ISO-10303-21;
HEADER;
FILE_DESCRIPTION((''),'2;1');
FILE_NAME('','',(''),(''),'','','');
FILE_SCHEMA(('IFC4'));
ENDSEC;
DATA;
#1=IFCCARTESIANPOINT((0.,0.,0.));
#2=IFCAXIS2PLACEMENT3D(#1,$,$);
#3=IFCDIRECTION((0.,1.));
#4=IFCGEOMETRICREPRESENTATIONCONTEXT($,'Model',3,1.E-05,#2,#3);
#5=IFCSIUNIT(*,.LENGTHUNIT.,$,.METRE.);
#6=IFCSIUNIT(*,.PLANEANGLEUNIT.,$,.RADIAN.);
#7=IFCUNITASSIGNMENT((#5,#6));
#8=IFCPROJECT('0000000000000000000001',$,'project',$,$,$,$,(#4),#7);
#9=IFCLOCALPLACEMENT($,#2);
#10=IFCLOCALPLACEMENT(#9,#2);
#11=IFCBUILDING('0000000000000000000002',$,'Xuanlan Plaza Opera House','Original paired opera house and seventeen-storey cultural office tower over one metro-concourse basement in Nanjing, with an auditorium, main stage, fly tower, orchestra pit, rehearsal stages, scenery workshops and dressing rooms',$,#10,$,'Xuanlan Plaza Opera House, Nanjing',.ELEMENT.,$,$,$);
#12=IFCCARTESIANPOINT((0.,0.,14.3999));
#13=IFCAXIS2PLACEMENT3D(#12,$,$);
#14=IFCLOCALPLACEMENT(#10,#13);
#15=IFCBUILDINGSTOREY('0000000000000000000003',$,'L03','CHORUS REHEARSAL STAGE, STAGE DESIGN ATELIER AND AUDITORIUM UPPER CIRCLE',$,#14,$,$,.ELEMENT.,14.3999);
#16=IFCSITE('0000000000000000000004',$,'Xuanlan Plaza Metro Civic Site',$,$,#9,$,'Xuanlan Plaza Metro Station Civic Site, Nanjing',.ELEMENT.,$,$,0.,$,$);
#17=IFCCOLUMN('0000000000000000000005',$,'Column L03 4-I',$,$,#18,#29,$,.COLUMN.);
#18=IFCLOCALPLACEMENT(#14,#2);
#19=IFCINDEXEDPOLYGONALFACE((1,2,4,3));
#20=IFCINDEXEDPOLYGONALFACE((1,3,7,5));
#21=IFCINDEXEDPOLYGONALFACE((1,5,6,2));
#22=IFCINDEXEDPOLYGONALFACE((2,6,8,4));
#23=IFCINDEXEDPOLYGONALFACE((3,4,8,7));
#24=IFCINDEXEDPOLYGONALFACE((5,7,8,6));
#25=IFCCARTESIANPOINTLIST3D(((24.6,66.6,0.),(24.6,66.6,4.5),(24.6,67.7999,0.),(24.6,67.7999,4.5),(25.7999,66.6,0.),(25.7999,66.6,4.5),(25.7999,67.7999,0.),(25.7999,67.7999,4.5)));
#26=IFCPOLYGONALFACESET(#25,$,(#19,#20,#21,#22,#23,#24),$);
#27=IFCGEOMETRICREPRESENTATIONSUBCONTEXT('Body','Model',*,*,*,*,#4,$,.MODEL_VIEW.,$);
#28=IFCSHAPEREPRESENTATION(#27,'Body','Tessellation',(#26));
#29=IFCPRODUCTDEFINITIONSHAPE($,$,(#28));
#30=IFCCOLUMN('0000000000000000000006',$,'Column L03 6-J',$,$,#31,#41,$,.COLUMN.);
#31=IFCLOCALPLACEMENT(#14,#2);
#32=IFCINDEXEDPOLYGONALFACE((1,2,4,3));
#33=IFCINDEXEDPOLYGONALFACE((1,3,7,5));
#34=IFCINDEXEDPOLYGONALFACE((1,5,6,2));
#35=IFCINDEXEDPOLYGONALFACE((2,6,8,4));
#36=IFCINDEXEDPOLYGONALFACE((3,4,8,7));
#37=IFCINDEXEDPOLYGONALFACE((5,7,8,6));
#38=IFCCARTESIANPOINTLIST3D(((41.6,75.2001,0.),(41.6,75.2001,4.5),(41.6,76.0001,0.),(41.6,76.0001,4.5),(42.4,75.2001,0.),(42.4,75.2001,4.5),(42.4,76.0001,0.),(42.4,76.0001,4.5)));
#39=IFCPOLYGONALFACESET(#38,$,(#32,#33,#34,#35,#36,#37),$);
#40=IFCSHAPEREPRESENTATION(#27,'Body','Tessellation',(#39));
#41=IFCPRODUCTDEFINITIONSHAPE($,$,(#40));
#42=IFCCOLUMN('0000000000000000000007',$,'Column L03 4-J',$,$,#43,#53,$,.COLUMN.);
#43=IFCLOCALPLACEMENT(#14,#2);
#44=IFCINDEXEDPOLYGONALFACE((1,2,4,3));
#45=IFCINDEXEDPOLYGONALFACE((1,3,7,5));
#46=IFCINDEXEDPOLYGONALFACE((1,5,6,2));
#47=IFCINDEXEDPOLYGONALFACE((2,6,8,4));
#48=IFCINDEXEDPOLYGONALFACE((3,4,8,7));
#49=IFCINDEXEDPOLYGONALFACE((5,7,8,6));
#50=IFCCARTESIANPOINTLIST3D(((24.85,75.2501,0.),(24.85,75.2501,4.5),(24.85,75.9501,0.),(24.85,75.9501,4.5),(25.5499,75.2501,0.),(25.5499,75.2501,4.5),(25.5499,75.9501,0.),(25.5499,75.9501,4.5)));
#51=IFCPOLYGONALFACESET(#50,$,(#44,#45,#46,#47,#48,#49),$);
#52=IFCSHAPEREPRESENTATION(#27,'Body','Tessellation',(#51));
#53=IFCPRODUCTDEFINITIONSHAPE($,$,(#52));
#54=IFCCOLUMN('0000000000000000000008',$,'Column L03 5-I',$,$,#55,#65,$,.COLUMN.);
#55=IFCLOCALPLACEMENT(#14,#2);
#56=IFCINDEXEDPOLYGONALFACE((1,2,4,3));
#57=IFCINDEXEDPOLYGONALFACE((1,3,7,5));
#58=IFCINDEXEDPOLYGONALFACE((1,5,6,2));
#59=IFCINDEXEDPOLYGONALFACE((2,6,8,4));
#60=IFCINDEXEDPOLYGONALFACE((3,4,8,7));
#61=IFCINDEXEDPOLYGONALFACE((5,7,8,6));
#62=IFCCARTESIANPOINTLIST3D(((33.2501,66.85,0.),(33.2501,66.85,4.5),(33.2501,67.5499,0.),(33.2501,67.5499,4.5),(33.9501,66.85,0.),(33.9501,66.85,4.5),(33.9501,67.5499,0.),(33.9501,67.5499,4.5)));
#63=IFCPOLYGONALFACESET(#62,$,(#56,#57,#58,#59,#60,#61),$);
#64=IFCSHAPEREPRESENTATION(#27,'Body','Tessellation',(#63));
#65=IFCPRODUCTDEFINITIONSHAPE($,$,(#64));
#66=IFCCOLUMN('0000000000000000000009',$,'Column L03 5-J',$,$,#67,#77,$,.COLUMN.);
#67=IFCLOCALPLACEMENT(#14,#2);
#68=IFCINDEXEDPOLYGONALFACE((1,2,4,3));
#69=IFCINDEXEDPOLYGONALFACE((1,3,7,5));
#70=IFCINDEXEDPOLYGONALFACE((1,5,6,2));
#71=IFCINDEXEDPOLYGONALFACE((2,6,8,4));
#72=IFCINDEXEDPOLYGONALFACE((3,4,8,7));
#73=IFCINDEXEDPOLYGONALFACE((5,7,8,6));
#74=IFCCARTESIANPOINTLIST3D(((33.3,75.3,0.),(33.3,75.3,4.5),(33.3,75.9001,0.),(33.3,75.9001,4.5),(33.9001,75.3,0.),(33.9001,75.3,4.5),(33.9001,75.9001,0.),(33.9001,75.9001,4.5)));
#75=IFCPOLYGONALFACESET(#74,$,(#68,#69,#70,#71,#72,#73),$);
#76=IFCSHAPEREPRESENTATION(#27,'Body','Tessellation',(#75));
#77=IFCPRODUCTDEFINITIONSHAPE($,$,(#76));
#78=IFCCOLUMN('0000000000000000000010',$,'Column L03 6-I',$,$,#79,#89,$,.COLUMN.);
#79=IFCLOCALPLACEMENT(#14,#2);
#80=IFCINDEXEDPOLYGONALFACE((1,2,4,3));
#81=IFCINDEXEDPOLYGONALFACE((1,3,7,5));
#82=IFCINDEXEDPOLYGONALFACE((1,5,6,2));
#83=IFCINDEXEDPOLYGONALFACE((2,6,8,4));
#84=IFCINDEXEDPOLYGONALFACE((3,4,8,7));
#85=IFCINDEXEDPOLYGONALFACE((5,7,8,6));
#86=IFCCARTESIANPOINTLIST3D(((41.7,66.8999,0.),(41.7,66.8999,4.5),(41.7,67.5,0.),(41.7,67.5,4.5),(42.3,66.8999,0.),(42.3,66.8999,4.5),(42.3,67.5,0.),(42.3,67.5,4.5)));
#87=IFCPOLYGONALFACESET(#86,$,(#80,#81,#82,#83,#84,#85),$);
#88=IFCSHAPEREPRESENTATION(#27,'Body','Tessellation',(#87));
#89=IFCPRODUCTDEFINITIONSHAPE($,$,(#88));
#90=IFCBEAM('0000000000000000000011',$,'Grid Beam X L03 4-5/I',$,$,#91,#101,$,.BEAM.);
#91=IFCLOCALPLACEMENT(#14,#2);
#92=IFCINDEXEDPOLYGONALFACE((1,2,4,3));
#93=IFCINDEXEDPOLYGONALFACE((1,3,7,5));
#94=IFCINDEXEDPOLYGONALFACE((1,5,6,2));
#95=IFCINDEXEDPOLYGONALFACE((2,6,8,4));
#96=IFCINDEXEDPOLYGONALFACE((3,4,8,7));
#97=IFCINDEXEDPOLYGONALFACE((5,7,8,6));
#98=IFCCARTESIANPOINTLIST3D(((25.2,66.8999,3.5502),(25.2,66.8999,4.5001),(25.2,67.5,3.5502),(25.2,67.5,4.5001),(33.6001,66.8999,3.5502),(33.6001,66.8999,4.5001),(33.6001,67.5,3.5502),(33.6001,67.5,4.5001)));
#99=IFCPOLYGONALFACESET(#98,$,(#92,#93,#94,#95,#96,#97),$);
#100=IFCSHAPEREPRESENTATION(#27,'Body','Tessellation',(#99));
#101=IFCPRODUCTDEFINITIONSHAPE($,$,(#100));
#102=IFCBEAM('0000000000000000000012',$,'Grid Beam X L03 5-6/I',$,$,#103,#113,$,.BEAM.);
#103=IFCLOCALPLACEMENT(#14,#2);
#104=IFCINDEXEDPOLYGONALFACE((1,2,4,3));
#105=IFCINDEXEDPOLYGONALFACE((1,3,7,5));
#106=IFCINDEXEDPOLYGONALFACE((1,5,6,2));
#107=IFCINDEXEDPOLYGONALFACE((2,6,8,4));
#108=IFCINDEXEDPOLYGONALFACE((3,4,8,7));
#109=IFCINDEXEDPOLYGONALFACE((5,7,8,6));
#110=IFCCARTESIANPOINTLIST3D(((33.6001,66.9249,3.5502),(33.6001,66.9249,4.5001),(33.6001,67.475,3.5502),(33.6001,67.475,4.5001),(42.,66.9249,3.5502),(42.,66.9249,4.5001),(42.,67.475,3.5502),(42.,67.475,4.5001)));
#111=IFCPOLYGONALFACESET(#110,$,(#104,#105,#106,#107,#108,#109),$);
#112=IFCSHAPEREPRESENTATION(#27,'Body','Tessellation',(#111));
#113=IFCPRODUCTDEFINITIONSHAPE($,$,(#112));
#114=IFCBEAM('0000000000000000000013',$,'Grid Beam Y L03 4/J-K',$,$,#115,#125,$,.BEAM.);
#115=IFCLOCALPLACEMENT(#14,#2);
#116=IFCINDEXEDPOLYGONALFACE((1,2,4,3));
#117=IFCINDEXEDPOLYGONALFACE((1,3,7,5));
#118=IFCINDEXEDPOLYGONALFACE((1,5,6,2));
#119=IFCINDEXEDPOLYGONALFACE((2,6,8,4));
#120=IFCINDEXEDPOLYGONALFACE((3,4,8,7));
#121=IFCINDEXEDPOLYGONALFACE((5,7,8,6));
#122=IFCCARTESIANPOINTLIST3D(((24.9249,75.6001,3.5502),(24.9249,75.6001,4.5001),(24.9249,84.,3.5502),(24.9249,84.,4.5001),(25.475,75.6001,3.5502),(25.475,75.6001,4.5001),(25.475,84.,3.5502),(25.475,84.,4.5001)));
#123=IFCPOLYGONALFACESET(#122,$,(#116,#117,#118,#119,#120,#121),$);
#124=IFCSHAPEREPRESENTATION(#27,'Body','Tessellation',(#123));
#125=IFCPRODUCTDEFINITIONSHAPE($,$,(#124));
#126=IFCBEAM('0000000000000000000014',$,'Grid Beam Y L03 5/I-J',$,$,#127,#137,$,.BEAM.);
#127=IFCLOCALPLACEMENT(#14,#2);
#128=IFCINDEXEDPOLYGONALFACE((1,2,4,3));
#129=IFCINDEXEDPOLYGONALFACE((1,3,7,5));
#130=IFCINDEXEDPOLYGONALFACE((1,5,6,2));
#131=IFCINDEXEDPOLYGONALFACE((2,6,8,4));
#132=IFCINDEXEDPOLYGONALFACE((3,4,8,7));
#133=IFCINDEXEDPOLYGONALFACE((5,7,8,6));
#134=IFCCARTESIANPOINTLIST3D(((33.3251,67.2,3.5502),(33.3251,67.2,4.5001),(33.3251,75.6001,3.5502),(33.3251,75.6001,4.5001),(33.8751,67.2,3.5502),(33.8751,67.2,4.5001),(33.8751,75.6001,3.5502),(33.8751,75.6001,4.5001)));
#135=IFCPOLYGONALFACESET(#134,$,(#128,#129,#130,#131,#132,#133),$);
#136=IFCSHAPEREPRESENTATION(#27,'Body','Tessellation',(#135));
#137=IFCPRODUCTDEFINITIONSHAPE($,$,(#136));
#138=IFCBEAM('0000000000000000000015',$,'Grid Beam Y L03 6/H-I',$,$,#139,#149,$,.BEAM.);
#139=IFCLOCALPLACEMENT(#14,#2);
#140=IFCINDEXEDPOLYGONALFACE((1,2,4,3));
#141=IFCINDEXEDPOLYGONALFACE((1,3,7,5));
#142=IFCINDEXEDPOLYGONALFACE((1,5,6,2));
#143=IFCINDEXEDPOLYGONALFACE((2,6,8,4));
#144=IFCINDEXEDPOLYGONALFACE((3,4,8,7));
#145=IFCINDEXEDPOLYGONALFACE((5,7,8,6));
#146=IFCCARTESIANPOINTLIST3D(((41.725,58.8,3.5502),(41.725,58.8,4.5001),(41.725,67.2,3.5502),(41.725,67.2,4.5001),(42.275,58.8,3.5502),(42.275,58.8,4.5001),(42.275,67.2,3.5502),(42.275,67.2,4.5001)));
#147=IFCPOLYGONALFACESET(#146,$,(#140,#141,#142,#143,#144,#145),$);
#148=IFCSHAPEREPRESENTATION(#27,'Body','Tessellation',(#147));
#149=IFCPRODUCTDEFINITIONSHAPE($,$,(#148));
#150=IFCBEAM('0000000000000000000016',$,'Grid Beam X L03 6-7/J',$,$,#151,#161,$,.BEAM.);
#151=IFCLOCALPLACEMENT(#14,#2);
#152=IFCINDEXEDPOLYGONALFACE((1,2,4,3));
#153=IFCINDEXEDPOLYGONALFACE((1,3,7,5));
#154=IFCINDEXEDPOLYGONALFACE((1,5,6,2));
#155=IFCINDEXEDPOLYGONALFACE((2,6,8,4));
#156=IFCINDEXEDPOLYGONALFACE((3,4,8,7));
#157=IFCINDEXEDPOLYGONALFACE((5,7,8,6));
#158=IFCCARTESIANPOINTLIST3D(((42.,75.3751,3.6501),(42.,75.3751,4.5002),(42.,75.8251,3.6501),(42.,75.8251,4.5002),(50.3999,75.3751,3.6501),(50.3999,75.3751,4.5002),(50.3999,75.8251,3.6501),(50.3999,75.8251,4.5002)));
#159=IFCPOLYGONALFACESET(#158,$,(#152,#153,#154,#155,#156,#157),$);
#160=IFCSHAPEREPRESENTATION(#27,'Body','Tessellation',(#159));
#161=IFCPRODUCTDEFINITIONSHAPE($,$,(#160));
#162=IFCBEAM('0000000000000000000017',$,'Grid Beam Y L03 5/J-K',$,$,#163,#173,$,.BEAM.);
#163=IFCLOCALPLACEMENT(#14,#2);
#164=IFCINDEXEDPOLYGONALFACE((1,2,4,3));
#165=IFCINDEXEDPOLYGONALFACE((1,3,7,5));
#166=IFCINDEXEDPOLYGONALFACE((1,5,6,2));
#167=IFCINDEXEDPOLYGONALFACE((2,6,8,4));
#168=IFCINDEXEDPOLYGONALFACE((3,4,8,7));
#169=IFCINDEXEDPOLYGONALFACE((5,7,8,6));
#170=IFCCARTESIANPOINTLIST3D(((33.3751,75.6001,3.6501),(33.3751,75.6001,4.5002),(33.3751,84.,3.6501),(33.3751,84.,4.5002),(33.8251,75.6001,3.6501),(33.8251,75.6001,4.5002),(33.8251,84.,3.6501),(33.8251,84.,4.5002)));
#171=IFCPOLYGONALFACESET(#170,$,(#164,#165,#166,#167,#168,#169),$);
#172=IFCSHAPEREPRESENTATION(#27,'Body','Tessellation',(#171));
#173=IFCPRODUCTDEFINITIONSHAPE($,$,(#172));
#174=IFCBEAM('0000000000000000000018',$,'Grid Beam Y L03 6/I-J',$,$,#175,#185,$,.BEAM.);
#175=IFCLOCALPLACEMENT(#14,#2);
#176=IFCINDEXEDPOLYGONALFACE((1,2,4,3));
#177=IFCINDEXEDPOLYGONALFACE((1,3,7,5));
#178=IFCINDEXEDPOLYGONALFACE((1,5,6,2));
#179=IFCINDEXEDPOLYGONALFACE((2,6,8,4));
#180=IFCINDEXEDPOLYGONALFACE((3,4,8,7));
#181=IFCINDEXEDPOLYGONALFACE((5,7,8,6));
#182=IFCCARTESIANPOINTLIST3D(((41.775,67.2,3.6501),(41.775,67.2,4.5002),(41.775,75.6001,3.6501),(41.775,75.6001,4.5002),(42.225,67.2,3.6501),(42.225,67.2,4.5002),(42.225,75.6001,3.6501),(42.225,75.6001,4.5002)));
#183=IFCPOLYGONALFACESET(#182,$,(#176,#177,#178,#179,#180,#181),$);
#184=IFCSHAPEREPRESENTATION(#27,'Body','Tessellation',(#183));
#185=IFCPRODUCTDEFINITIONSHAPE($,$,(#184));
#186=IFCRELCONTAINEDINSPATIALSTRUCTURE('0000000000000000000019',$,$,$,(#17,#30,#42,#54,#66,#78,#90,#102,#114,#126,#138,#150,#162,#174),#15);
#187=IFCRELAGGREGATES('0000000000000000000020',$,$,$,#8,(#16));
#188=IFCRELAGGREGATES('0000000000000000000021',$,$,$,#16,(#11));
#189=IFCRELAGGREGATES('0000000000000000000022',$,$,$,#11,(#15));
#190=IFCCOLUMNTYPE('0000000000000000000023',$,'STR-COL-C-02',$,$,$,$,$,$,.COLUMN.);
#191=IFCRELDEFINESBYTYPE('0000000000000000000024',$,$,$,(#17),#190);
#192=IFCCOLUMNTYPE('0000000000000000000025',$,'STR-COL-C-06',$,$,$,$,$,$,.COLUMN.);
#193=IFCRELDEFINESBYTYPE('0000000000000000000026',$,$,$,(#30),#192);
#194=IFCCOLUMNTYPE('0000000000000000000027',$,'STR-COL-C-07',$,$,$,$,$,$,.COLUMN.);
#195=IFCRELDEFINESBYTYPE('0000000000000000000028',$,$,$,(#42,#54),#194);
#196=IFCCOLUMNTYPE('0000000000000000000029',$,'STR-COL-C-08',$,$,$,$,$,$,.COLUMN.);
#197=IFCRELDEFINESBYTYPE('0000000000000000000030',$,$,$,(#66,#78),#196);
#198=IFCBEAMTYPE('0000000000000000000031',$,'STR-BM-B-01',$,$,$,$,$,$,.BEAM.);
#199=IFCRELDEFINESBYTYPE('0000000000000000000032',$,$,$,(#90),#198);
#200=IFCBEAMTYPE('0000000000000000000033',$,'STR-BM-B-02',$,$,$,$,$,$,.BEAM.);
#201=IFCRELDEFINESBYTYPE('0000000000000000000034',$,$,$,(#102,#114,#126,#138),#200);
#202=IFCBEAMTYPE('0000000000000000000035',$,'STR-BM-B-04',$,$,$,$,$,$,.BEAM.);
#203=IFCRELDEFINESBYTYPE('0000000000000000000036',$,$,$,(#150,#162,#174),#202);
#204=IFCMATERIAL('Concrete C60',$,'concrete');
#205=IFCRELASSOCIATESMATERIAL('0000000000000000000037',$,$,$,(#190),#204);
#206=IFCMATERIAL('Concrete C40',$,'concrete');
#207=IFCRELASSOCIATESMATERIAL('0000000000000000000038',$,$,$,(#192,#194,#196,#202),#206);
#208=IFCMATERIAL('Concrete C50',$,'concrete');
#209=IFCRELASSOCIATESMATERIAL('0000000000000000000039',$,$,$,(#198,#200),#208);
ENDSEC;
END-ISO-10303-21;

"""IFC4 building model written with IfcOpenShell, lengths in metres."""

from ifc_helpers import new_model, si_unit, direction, frame, origin, origin_2d, place, context, subcontext, project, spatial, rectangle, extrude, material, material_profile, profile_set, type_object, element, save


model = new_model("IFC4")

# Units and contexts
model_context = context("Model", 3, precision=1e-05, world=origin(), true_north=direction((0.0, 1.0)))
body_context = subcontext(model_context, "Body", "Model", "MODEL_VIEW")
ifc_project = project(units=[si_unit("LENGTHUNIT", "METRE"), si_unit("PLANEANGLEUNIT", "RADIAN")], contexts=[model_context])

# Site, building, storey
site_placement = place(None, origin())
site = spatial("IfcSite", under=ifc_project, at=site_placement, Name="Xuanlan Plaza Metro Civic Site", LongName="Xuanlan Plaza Metro Station Civic Site, Nanjing", CompositionType="ELEMENT", RefElevation=0.0)
building_placement = place(site_placement, origin())
building = spatial("IfcBuilding", under=site, at=building_placement, Name="Xuanlan Plaza Opera House", Description="Original paired opera house and seventeen-storey cultural office tower over one metro-concourse basement in Nanjing, with an auditorium, main stage, fly tower, orchestra pit, rehearsal stages, scenery workshops and dressing rooms", LongName="Xuanlan Plaza Opera House, Nanjing", CompositionType="ELEMENT")
storey_placement = place(building_placement, frame((0.0, 0.0, 14.3999)))
storey = spatial("IfcBuildingStorey", under=building, at=storey_placement, Name="L03", Description="CHORUS REHEARSAL STAGE, STAGE DESIGN ATELIER AND AUDITORIUM UPPER CIRCLE", CompositionType="ELEMENT", Elevation=14.3999)

# Columns
ifc_material_1 = material(Name="Concrete C60", Category="concrete")
ifc_material_profile_1 = material_profile(ifc_material_1, rectangle(XDim=1.2, YDim=1.2, at=origin_2d()), Name="RC-COL 1200x1200")
ifc_profile_set_1 = profile_set([ifc_material_profile_1], Name="Concrete C60")
column_type_1 = type_object("IfcColumnType", Name="STR-COL-C-02", PredefinedType="COLUMN", material=ifc_profile_set_1)
column_1_placement = place(storey_placement, frame((25.2, 67.2, 0.0), z_axis=(0.0, 0.0, 1.0), x_axis=(1.0, 0.0, 0.0)))
element("IfcColumn", 1, at=column_1_placement, inside=storey, type_object=column_type_1, Name="Column L03 4-I", PredefinedType="COLUMN", context=body_context, shape_type="SweptSolid", body=[
    extrude(rectangle(XDim=1.2, YDim=1.2, at=origin_2d()), origin(), (0.0, 0.0, 1.0), 4.5),
])
ifc_material_2 = material(Name="Concrete C40", Category="concrete")
ifc_material_profile_2 = material_profile(ifc_material_2, rectangle(XDim=0.8, YDim=0.8, at=origin_2d()), Name="RC-COL 800x800")
ifc_profile_set_2 = profile_set([ifc_material_profile_2], Name="Concrete C40")
column_type_2 = type_object("IfcColumnType", Name="STR-COL-C-06", PredefinedType="COLUMN", material=ifc_profile_set_2)
column_2_placement = place(storey_placement, frame((42.0, 75.6001, 0.0), z_axis=(0.0, 0.0, 1.0), x_axis=(1.0, 0.0, 0.0)))
element("IfcColumn", 2, at=column_2_placement, inside=storey, type_object=column_type_2, Name="Column L03 6-J", PredefinedType="COLUMN", context=body_context, shape_type="SweptSolid", body=[
    extrude(rectangle(XDim=0.8, YDim=0.8, at=origin_2d()), origin(), (0.0, 0.0, 1.0), 4.5),
])
ifc_material_profile_3 = material_profile(ifc_material_2, rectangle(XDim=0.7, YDim=0.7, at=origin_2d()), Name="RC-COL 700x700")
ifc_profile_set_3 = profile_set([ifc_material_profile_3], Name="Concrete C40")
column_type_3 = type_object("IfcColumnType", Name="STR-COL-C-07", PredefinedType="COLUMN", material=ifc_profile_set_3)
for number, where, z_axis, x_axis, name in (
    (3, (25.2, 75.6001, 0.0), (0.0, 0.0, 1.0), (1.0, 0.0, 0.0), "Column L03 4-J"),
    (4, (33.6001, 67.2, 0.0), (0.0, 0.0, 1.0), (1.0, 0.0, 0.0), "Column L03 5-I"),
):
    element("IfcColumn", number, at=place(storey_placement, frame(where, z_axis=z_axis, x_axis=x_axis)), inside=storey, type_object=column_type_3, Name=name, PredefinedType="COLUMN", context=body_context, shape_type="SweptSolid", body=[
        extrude(rectangle(XDim=0.7, YDim=0.7, at=origin_2d()), origin(), (0.0, 0.0, 1.0), 4.5),
    ])
ifc_material_profile_4 = material_profile(ifc_material_2, rectangle(XDim=0.6001, YDim=0.6001, at=origin_2d()), Name="RC-COL 600x600")
ifc_profile_set_4 = profile_set([ifc_material_profile_4], Name="Concrete C40")
column_type_4 = type_object("IfcColumnType", Name="STR-COL-C-08", PredefinedType="COLUMN", material=ifc_profile_set_4)
for number, where, z_axis, x_axis, name in (
    (5, (33.6001, 75.6001, 0.0), (0.0, 0.0, 1.0), (1.0, 0.0, 0.0), "Column L03 5-J"),
    (6, (42.0, 67.2, 0.0), (0.0, 0.0, 1.0), (1.0, 0.0, 0.0), "Column L03 6-I"),
):
    element("IfcColumn", number, at=place(storey_placement, frame(where, z_axis=z_axis, x_axis=x_axis)), inside=storey, type_object=column_type_4, Name=name, PredefinedType="COLUMN", context=body_context, shape_type="SweptSolid", body=[
        extrude(rectangle(XDim=0.6001, YDim=0.6001, at=origin_2d()), origin(), (0.0, 0.0, 1.0), 4.5),
    ])

# Beams
ifc_material_3 = material(Name="Concrete C50", Category="concrete")
ifc_material_profile_5 = material_profile(ifc_material_3, rectangle(XDim=0.6001, YDim=0.95, at=origin_2d()), Name="RC-BM 600x950")
ifc_profile_set_5 = profile_set([ifc_material_profile_5], Name="Concrete C50")
beam_type_1 = type_object("IfcBeamType", Name="STR-BM-B-01", PredefinedType="BEAM", material=ifc_profile_set_5)
beam_1_placement = place(storey_placement, frame((25.2, 67.2, 4.0251), z_axis=(1.0, 0.0, 0.0), x_axis=(0.0, 1.0, 0.0)))
element("IfcBeam", 7, at=beam_1_placement, inside=storey, type_object=beam_type_1, Name="Grid Beam X L03 4-5/I", PredefinedType="BEAM", context=body_context, shape_type="SweptSolid", body=[
    extrude(rectangle(XDim=0.6001, YDim=0.95, at=origin_2d()), origin(), (0.0, 0.0, 1.0), 8.4001),
])
ifc_material_profile_6 = material_profile(ifc_material_3, rectangle(XDim=0.55, YDim=0.95, at=origin_2d()), Name="RC-BM 550x950")
ifc_profile_set_6 = profile_set([ifc_material_profile_6], Name="Concrete C50")
beam_type_2 = type_object("IfcBeamType", Name="STR-BM-B-02", PredefinedType="BEAM", material=ifc_profile_set_6)
for number, where, z_axis, x_axis, name in (
    (8, (33.6001, 67.2, 4.0251), (1.0, 0.0, 0.0), (0.0, 1.0, 0.0), "Grid Beam X L03 5-6/I"),
    (9, (25.2, 75.6001, 4.0251), (0.0, 1.0, 0.0), (-1.0, 0.0, 0.0), "Grid Beam Y L03 4/J-K"),
):
    element("IfcBeam", number, at=place(storey_placement, frame(where, z_axis=z_axis, x_axis=x_axis)), inside=storey, type_object=beam_type_2, Name=name, PredefinedType="BEAM", context=body_context, shape_type="SweptSolid", body=[
        extrude(rectangle(XDim=0.55, YDim=0.95, at=origin_2d()), origin(), (0.0, 0.0, 1.0), 8.3999),
    ])
beam_2_placement = place(storey_placement, frame((33.6001, 67.2, 4.0251), z_axis=(0.0, 1.0, 0.0), x_axis=(-1.0, 0.0, 0.0)))
element("IfcBeam", 10, at=beam_2_placement, inside=storey, type_object=beam_type_2, Name="Grid Beam Y L03 5/I-J", PredefinedType="BEAM", context=body_context, shape_type="SweptSolid", body=[
    extrude(rectangle(XDim=0.55, YDim=0.95, at=origin_2d()), origin(), (0.0, 0.0, 1.0), 8.4001),
])
beam_3_placement = place(storey_placement, frame((42.0, 58.8, 4.0251), z_axis=(0.0, 1.0, 0.0), x_axis=(-1.0, 0.0, 0.0)))
element("IfcBeam", 11, at=beam_3_placement, inside=storey, type_object=beam_type_2, Name="Grid Beam Y L03 6/H-I", PredefinedType="BEAM", context=body_context, shape_type="SweptSolid", body=[
    extrude(rectangle(XDim=0.55, YDim=0.95, at=origin_2d()), origin(), (0.0, 0.0, 1.0), 8.3999),
])
ifc_material_profile_7 = material_profile(ifc_material_2, rectangle(XDim=0.45, YDim=0.8501, at=origin_2d()), Name="RC-BM 450x850")
ifc_profile_set_7 = profile_set([ifc_material_profile_7], Name="Concrete C40")
beam_type_3 = type_object("IfcBeamType", Name="STR-BM-B-04", PredefinedType="BEAM", material=ifc_profile_set_7)
for number, where, z_axis, x_axis, name in (
    (12, (42.0, 75.6001, 4.0752), (1.0, 0.0, 0.0), (0.0, 1.0, 0.0), "Grid Beam X L03 6-7/J"),
    (13, (33.6001, 75.6001, 4.0752), (0.0, 1.0, 0.0), (-1.0, 0.0, 0.0), "Grid Beam Y L03 5/J-K"),
):
    element("IfcBeam", number, at=place(storey_placement, frame(where, z_axis=z_axis, x_axis=x_axis)), inside=storey, type_object=beam_type_3, Name=name, PredefinedType="BEAM", context=body_context, shape_type="SweptSolid", body=[
        extrude(rectangle(XDim=0.45, YDim=0.8501, at=origin_2d()), origin(), (0.0, 0.0, 1.0), 8.3999),
    ])
beam_4_placement = place(storey_placement, frame((42.0, 67.2, 4.0752), z_axis=(0.0, 1.0, 0.0), x_axis=(-1.0, 0.0, 0.0)))
element("IfcBeam", 14, at=beam_4_placement, inside=storey, type_object=beam_type_3, Name="Grid Beam Y L03 6/I-J", PredefinedType="BEAM", context=body_context, shape_type="SweptSolid", body=[
    extrude(rectangle(XDim=0.45, YDim=0.8501, at=origin_2d()), origin(), (0.0, 0.0, 1.0), 8.4001),
])

save(model, "model.ifc")
